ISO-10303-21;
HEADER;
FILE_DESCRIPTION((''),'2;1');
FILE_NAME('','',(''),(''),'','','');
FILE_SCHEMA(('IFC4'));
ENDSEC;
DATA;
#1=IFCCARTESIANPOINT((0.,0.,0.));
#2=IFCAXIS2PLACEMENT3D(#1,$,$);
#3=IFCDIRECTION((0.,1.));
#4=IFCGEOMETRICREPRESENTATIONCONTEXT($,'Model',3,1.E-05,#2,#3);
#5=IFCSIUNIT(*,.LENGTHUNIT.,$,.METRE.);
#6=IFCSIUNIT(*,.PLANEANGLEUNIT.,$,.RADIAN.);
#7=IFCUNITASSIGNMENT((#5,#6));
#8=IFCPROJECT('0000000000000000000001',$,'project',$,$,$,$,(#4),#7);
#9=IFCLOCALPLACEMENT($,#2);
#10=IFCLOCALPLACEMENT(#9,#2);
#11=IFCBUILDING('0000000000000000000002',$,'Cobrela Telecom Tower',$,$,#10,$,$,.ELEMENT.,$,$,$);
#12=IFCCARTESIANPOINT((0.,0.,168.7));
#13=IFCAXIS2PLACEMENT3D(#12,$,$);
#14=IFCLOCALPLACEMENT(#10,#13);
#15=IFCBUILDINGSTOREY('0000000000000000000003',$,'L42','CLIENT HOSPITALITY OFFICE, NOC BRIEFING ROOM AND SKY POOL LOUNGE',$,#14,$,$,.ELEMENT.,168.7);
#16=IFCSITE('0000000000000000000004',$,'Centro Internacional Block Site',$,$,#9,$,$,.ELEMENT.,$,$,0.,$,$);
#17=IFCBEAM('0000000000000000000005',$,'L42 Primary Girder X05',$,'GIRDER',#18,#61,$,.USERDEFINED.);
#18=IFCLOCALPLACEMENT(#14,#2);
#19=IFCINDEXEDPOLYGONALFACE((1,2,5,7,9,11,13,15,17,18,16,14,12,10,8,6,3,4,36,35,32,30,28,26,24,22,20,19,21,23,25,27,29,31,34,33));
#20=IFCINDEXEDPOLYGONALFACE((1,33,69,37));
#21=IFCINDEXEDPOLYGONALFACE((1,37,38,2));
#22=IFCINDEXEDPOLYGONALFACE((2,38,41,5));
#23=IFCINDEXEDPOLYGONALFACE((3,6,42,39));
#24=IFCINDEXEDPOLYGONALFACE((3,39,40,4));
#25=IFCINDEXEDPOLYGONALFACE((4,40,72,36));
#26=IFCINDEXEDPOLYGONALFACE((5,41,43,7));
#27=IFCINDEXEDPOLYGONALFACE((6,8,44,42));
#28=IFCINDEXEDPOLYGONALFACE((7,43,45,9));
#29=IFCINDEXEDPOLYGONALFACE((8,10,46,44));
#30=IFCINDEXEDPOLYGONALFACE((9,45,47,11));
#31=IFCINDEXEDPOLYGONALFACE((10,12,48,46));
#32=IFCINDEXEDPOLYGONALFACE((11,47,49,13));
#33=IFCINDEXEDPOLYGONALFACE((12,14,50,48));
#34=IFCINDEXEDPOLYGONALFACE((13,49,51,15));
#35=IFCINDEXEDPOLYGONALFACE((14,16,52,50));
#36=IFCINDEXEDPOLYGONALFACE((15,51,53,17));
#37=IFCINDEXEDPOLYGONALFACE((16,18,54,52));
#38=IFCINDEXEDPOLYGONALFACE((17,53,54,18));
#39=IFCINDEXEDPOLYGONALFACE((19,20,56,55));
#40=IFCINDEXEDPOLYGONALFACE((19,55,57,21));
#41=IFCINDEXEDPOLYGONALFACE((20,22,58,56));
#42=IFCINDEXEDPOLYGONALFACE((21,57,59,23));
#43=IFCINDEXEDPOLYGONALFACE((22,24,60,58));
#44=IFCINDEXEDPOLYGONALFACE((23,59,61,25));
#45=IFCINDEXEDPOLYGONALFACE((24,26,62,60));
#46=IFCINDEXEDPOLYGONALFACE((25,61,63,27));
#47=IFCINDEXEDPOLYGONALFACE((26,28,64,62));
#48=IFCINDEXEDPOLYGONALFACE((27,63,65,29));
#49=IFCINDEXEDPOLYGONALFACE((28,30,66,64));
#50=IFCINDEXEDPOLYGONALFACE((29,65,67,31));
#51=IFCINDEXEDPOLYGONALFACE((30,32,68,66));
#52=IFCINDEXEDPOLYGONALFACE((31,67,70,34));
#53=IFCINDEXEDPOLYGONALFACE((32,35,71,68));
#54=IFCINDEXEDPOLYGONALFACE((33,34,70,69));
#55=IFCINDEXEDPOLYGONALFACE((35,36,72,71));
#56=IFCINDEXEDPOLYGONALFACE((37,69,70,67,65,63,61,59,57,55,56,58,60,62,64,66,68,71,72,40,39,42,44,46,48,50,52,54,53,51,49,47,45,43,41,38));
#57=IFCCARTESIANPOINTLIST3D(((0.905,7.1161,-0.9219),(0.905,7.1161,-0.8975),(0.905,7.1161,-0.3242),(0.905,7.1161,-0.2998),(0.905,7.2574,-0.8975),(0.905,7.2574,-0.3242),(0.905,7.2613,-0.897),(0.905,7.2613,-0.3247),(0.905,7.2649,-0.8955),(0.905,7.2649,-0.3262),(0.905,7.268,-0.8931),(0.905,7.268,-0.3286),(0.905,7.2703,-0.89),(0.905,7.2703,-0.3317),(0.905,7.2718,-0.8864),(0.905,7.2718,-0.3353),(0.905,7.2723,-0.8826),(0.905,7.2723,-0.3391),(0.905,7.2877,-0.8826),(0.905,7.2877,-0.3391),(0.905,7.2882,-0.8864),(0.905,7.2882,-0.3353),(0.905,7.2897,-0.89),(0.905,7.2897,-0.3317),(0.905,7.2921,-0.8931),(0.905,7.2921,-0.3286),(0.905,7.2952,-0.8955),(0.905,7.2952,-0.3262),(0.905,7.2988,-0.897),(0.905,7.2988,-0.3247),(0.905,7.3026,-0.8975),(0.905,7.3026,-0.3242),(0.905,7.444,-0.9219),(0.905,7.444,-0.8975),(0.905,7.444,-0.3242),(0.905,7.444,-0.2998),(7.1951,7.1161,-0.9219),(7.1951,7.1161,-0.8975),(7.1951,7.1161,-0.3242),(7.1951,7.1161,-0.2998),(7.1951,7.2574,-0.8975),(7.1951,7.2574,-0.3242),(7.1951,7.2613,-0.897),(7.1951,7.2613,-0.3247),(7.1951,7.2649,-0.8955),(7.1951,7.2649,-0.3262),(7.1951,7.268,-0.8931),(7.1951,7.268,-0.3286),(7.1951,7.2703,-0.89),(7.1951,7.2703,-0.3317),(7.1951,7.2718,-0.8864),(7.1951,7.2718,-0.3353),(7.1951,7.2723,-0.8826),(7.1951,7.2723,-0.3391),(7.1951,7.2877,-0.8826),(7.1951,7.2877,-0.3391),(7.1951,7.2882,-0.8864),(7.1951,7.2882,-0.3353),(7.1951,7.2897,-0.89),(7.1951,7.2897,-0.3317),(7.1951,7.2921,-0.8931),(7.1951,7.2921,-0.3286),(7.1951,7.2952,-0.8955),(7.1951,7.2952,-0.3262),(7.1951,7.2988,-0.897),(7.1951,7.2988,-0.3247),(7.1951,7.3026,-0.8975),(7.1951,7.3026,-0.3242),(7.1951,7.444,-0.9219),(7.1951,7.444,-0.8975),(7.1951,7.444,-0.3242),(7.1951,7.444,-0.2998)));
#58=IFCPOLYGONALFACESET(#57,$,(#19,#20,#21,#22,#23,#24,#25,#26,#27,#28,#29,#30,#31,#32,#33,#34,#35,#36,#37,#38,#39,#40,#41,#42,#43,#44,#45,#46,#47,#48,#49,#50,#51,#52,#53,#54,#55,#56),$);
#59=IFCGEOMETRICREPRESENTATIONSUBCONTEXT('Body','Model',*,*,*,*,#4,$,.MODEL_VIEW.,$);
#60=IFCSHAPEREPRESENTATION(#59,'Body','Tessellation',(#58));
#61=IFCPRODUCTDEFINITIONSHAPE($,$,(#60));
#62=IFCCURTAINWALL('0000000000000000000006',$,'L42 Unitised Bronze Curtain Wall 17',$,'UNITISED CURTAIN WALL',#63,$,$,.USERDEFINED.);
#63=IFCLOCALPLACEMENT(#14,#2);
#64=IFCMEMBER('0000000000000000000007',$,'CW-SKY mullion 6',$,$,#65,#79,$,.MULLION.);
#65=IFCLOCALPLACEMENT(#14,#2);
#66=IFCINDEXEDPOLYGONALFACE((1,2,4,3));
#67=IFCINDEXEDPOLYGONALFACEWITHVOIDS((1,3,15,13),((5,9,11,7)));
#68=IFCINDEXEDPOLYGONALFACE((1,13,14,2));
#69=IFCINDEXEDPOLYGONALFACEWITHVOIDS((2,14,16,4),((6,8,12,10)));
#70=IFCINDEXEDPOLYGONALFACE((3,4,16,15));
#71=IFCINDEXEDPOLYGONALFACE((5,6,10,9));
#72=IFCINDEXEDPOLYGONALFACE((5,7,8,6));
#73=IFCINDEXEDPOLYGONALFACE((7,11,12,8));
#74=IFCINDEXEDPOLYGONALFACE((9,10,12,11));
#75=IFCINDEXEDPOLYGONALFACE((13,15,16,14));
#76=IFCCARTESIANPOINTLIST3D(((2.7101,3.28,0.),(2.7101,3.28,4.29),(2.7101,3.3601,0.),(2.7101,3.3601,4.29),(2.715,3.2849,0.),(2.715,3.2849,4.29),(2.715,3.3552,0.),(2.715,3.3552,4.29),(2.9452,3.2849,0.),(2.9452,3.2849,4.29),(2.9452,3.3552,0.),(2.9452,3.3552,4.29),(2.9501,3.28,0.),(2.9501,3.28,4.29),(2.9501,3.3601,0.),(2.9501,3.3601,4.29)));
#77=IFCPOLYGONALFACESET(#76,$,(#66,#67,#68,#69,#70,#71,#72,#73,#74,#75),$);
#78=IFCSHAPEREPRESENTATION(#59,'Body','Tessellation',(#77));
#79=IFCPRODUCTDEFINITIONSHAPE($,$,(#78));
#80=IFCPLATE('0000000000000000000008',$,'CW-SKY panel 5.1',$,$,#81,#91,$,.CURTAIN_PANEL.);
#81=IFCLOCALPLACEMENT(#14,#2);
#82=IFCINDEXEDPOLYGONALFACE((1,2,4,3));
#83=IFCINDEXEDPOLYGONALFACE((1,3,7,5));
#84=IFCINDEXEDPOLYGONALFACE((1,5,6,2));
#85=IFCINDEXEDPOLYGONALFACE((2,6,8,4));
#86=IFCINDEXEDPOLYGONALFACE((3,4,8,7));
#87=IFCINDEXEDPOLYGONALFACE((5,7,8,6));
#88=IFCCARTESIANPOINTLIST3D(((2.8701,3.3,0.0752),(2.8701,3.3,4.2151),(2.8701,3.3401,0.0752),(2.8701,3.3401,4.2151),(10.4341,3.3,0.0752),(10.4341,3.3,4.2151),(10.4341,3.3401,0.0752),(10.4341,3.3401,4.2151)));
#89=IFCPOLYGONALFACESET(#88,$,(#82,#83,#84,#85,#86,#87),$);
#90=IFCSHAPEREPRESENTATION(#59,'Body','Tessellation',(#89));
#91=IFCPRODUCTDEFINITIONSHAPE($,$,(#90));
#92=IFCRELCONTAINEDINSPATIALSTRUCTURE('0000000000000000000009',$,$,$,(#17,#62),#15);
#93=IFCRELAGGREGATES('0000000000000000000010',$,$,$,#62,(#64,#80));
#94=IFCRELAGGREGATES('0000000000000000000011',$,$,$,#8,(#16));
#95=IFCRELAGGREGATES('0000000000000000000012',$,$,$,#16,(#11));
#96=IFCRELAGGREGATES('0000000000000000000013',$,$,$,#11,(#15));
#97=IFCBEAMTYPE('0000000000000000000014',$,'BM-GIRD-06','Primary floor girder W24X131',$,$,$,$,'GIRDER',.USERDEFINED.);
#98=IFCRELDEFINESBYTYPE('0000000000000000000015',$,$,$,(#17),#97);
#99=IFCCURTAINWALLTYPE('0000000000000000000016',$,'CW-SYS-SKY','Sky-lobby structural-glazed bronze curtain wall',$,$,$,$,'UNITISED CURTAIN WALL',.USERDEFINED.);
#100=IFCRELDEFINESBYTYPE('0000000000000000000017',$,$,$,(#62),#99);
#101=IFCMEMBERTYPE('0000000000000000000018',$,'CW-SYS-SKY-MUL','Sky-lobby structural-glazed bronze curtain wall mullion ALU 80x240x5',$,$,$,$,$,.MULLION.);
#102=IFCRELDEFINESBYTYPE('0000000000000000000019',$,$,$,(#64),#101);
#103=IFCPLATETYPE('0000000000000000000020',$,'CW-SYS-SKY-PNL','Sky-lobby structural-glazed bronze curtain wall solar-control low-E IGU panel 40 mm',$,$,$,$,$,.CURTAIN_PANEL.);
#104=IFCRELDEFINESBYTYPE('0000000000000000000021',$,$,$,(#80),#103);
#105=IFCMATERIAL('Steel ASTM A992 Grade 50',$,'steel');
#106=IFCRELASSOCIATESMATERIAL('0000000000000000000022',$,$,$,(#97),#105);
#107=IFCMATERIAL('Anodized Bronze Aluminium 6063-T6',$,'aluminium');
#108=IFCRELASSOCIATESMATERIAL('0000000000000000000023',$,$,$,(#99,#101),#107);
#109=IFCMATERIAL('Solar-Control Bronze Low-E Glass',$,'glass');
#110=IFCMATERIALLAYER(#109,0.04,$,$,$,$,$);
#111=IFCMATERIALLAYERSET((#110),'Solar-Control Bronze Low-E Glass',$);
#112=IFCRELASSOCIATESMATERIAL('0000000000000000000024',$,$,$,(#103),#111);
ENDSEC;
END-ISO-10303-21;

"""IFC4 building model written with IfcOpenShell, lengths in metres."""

from ifc_helpers import new_model, si_unit, direction, frame, origin, origin_2d, place, context, subcontext, project, spatial, rectangle, hollow_rectangle, i_section, extrude, material, layer, layer_set, material_profile, profile_set, type_object, element, aggregate, save


model = new_model("IFC4")

# Units and contexts
model_context = context("Model", 3, precision=1e-05, world=origin(), true_north=direction((0.0, 1.0)))
body_context = subcontext(model_context, "Body", "Model", "MODEL_VIEW")
ifc_project = project(units=[si_unit("LENGTHUNIT", "METRE"), si_unit("PLANEANGLEUNIT", "RADIAN")], contexts=[model_context])

# Site, building, storey
site_placement = place(None, origin())
site = spatial("IfcSite", under=ifc_project, at=site_placement, Name="Centro Internacional Block Site", CompositionType="ELEMENT", RefElevation=0.0)
building_placement = place(site_placement, origin())
building = spatial("IfcBuilding", under=site, at=building_placement, Name="Cobrela Telecom Tower", CompositionType="ELEMENT")
storey_placement = place(building_placement, frame((0.0, 0.0, 168.7)))
storey = spatial("IfcBuildingStorey", under=building, at=storey_placement, Name="L42", Description="CLIENT HOSPITALITY OFFICE, NOC BRIEFING ROOM AND SKY POOL LOUNGE", CompositionType="ELEMENT", Elevation=168.7)

# Beam
ifc_material_1 = material(Name="Steel ASTM A992 Grade 50", Category="steel")
ifc_material_profile_1 = material_profile(ifc_material_1, i_section(OverallWidth=0.3279, OverallDepth=0.6221, WebThickness=0.0154, FlangeThickness=0.0244, FilletRadius=0.0149, at=origin_2d()), Name="W24X131")
ifc_profile_set_1 = profile_set([ifc_material_profile_1], Name="Steel ASTM A992 Grade 50")
beam_type = type_object("IfcBeamType", Name="BM-GIRD-06", Description="Primary floor girder W24X131", ElementType="GIRDER", PredefinedType="USERDEFINED", material=ifc_profile_set_1)
beam_placement = place(storey_placement, frame((0.905, 7.28, -0.6108), z_axis=(1.0, 0.0, 0.0), x_axis=(0.0, 1.0, 0.0)))
element("IfcBeam", 1, at=beam_placement, inside=storey, type_object=beam_type, Name="L42 Primary Girder X05", ObjectType="GIRDER", PredefinedType="USERDEFINED", context=body_context, shape_type="SweptSolid", body=[
    extrude(i_section(OverallWidth=0.3279, OverallDepth=0.6221, WebThickness=0.0154, FlangeThickness=0.0244, FilletRadius=0.0149, at=origin_2d()), origin(), (0.0, 0.0, 1.0), 6.29),
])

# Curtain wall, member, plate
ifc_material_2 = material(Name="Anodized Bronze Aluminium 6063-T6", Category="aluminium")
curtain_wall_type = type_object("IfcCurtainWallType", Name="CW-SYS-SKY", Description="Sky-lobby structural-glazed bronze curtain wall", ElementType="UNITISED CURTAIN WALL", PredefinedType="USERDEFINED", material=ifc_material_2)
curtain_wall_placement = place(storey_placement, origin())
curtain_wall = element("IfcCurtainWall", 2, at=curtain_wall_placement, inside=storey, type_object=curtain_wall_type, Name="L42 Unitised Bronze Curtain Wall 17", ObjectType="UNITISED CURTAIN WALL", PredefinedType="USERDEFINED")
ifc_material_profile_2 = material_profile(ifc_material_2, hollow_rectangle(XDim=0.0801, YDim=0.24, WallThickness=0.0049, at=origin_2d()), Name="ALU 80x240x5")
ifc_profile_set_2 = profile_set([ifc_material_profile_2], Name="Anodized Bronze Aluminium 6063-T6")
member_type = type_object("IfcMemberType", Name="CW-SYS-SKY-MUL", Description="Sky-lobby structural-glazed bronze curtain wall mullion ALU 80x240x5", PredefinedType="MULLION", material=ifc_profile_set_2)
member_placement = place(storey_placement, frame((2.8301, 3.3201, 0.0), z_axis=(0.0, 0.0, 1.0), x_axis=(0.0, -1.0, 0.0)))
member = element("IfcMember", 3, at=member_placement, type_object=member_type, Name="CW-SKY mullion 6", PredefinedType="MULLION", context=body_context, shape_type="SweptSolid", body=[
    extrude(hollow_rectangle(XDim=0.0801, YDim=0.24, WallThickness=0.0049, at=origin_2d()), origin(), (0.0, 0.0, 1.0), 4.29),
])
ifc_material_3 = material(Name="Solar-Control Bronze Low-E Glass", Category="glass")
ifc_layer_1 = layer(ifc_material_3, 0.04)
ifc_layer_set_1 = layer_set([ifc_layer_1], Name="Solar-Control Bronze Low-E Glass")
plate_type = type_object("IfcPlateType", Name="CW-SYS-SKY-PNL", Description="Sky-lobby structural-glazed bronze curtain wall solar-control low-E IGU panel 40 mm", PredefinedType="CURTAIN_PANEL", material=ifc_layer_set_1)
plate_placement = place(storey_placement, frame((6.6521, 3.3201, 0.0752), z_axis=(0.0, 0.0, 1.0), x_axis=(-1.0, 0.0, 0.0)))
plate = element("IfcPlate", 4, at=plate_placement, type_object=plate_type, Name="CW-SKY panel 5.1", PredefinedType="CURTAIN_PANEL", context=body_context, shape_type="SweptSolid", body=[
    extrude(rectangle(XDim=7.564, YDim=0.04, at=origin_2d()), origin(), (0.0, 0.0, 1.0), 4.1399),
])
aggregate(curtain_wall, [member, plate])

save(model, "model.ifc")
